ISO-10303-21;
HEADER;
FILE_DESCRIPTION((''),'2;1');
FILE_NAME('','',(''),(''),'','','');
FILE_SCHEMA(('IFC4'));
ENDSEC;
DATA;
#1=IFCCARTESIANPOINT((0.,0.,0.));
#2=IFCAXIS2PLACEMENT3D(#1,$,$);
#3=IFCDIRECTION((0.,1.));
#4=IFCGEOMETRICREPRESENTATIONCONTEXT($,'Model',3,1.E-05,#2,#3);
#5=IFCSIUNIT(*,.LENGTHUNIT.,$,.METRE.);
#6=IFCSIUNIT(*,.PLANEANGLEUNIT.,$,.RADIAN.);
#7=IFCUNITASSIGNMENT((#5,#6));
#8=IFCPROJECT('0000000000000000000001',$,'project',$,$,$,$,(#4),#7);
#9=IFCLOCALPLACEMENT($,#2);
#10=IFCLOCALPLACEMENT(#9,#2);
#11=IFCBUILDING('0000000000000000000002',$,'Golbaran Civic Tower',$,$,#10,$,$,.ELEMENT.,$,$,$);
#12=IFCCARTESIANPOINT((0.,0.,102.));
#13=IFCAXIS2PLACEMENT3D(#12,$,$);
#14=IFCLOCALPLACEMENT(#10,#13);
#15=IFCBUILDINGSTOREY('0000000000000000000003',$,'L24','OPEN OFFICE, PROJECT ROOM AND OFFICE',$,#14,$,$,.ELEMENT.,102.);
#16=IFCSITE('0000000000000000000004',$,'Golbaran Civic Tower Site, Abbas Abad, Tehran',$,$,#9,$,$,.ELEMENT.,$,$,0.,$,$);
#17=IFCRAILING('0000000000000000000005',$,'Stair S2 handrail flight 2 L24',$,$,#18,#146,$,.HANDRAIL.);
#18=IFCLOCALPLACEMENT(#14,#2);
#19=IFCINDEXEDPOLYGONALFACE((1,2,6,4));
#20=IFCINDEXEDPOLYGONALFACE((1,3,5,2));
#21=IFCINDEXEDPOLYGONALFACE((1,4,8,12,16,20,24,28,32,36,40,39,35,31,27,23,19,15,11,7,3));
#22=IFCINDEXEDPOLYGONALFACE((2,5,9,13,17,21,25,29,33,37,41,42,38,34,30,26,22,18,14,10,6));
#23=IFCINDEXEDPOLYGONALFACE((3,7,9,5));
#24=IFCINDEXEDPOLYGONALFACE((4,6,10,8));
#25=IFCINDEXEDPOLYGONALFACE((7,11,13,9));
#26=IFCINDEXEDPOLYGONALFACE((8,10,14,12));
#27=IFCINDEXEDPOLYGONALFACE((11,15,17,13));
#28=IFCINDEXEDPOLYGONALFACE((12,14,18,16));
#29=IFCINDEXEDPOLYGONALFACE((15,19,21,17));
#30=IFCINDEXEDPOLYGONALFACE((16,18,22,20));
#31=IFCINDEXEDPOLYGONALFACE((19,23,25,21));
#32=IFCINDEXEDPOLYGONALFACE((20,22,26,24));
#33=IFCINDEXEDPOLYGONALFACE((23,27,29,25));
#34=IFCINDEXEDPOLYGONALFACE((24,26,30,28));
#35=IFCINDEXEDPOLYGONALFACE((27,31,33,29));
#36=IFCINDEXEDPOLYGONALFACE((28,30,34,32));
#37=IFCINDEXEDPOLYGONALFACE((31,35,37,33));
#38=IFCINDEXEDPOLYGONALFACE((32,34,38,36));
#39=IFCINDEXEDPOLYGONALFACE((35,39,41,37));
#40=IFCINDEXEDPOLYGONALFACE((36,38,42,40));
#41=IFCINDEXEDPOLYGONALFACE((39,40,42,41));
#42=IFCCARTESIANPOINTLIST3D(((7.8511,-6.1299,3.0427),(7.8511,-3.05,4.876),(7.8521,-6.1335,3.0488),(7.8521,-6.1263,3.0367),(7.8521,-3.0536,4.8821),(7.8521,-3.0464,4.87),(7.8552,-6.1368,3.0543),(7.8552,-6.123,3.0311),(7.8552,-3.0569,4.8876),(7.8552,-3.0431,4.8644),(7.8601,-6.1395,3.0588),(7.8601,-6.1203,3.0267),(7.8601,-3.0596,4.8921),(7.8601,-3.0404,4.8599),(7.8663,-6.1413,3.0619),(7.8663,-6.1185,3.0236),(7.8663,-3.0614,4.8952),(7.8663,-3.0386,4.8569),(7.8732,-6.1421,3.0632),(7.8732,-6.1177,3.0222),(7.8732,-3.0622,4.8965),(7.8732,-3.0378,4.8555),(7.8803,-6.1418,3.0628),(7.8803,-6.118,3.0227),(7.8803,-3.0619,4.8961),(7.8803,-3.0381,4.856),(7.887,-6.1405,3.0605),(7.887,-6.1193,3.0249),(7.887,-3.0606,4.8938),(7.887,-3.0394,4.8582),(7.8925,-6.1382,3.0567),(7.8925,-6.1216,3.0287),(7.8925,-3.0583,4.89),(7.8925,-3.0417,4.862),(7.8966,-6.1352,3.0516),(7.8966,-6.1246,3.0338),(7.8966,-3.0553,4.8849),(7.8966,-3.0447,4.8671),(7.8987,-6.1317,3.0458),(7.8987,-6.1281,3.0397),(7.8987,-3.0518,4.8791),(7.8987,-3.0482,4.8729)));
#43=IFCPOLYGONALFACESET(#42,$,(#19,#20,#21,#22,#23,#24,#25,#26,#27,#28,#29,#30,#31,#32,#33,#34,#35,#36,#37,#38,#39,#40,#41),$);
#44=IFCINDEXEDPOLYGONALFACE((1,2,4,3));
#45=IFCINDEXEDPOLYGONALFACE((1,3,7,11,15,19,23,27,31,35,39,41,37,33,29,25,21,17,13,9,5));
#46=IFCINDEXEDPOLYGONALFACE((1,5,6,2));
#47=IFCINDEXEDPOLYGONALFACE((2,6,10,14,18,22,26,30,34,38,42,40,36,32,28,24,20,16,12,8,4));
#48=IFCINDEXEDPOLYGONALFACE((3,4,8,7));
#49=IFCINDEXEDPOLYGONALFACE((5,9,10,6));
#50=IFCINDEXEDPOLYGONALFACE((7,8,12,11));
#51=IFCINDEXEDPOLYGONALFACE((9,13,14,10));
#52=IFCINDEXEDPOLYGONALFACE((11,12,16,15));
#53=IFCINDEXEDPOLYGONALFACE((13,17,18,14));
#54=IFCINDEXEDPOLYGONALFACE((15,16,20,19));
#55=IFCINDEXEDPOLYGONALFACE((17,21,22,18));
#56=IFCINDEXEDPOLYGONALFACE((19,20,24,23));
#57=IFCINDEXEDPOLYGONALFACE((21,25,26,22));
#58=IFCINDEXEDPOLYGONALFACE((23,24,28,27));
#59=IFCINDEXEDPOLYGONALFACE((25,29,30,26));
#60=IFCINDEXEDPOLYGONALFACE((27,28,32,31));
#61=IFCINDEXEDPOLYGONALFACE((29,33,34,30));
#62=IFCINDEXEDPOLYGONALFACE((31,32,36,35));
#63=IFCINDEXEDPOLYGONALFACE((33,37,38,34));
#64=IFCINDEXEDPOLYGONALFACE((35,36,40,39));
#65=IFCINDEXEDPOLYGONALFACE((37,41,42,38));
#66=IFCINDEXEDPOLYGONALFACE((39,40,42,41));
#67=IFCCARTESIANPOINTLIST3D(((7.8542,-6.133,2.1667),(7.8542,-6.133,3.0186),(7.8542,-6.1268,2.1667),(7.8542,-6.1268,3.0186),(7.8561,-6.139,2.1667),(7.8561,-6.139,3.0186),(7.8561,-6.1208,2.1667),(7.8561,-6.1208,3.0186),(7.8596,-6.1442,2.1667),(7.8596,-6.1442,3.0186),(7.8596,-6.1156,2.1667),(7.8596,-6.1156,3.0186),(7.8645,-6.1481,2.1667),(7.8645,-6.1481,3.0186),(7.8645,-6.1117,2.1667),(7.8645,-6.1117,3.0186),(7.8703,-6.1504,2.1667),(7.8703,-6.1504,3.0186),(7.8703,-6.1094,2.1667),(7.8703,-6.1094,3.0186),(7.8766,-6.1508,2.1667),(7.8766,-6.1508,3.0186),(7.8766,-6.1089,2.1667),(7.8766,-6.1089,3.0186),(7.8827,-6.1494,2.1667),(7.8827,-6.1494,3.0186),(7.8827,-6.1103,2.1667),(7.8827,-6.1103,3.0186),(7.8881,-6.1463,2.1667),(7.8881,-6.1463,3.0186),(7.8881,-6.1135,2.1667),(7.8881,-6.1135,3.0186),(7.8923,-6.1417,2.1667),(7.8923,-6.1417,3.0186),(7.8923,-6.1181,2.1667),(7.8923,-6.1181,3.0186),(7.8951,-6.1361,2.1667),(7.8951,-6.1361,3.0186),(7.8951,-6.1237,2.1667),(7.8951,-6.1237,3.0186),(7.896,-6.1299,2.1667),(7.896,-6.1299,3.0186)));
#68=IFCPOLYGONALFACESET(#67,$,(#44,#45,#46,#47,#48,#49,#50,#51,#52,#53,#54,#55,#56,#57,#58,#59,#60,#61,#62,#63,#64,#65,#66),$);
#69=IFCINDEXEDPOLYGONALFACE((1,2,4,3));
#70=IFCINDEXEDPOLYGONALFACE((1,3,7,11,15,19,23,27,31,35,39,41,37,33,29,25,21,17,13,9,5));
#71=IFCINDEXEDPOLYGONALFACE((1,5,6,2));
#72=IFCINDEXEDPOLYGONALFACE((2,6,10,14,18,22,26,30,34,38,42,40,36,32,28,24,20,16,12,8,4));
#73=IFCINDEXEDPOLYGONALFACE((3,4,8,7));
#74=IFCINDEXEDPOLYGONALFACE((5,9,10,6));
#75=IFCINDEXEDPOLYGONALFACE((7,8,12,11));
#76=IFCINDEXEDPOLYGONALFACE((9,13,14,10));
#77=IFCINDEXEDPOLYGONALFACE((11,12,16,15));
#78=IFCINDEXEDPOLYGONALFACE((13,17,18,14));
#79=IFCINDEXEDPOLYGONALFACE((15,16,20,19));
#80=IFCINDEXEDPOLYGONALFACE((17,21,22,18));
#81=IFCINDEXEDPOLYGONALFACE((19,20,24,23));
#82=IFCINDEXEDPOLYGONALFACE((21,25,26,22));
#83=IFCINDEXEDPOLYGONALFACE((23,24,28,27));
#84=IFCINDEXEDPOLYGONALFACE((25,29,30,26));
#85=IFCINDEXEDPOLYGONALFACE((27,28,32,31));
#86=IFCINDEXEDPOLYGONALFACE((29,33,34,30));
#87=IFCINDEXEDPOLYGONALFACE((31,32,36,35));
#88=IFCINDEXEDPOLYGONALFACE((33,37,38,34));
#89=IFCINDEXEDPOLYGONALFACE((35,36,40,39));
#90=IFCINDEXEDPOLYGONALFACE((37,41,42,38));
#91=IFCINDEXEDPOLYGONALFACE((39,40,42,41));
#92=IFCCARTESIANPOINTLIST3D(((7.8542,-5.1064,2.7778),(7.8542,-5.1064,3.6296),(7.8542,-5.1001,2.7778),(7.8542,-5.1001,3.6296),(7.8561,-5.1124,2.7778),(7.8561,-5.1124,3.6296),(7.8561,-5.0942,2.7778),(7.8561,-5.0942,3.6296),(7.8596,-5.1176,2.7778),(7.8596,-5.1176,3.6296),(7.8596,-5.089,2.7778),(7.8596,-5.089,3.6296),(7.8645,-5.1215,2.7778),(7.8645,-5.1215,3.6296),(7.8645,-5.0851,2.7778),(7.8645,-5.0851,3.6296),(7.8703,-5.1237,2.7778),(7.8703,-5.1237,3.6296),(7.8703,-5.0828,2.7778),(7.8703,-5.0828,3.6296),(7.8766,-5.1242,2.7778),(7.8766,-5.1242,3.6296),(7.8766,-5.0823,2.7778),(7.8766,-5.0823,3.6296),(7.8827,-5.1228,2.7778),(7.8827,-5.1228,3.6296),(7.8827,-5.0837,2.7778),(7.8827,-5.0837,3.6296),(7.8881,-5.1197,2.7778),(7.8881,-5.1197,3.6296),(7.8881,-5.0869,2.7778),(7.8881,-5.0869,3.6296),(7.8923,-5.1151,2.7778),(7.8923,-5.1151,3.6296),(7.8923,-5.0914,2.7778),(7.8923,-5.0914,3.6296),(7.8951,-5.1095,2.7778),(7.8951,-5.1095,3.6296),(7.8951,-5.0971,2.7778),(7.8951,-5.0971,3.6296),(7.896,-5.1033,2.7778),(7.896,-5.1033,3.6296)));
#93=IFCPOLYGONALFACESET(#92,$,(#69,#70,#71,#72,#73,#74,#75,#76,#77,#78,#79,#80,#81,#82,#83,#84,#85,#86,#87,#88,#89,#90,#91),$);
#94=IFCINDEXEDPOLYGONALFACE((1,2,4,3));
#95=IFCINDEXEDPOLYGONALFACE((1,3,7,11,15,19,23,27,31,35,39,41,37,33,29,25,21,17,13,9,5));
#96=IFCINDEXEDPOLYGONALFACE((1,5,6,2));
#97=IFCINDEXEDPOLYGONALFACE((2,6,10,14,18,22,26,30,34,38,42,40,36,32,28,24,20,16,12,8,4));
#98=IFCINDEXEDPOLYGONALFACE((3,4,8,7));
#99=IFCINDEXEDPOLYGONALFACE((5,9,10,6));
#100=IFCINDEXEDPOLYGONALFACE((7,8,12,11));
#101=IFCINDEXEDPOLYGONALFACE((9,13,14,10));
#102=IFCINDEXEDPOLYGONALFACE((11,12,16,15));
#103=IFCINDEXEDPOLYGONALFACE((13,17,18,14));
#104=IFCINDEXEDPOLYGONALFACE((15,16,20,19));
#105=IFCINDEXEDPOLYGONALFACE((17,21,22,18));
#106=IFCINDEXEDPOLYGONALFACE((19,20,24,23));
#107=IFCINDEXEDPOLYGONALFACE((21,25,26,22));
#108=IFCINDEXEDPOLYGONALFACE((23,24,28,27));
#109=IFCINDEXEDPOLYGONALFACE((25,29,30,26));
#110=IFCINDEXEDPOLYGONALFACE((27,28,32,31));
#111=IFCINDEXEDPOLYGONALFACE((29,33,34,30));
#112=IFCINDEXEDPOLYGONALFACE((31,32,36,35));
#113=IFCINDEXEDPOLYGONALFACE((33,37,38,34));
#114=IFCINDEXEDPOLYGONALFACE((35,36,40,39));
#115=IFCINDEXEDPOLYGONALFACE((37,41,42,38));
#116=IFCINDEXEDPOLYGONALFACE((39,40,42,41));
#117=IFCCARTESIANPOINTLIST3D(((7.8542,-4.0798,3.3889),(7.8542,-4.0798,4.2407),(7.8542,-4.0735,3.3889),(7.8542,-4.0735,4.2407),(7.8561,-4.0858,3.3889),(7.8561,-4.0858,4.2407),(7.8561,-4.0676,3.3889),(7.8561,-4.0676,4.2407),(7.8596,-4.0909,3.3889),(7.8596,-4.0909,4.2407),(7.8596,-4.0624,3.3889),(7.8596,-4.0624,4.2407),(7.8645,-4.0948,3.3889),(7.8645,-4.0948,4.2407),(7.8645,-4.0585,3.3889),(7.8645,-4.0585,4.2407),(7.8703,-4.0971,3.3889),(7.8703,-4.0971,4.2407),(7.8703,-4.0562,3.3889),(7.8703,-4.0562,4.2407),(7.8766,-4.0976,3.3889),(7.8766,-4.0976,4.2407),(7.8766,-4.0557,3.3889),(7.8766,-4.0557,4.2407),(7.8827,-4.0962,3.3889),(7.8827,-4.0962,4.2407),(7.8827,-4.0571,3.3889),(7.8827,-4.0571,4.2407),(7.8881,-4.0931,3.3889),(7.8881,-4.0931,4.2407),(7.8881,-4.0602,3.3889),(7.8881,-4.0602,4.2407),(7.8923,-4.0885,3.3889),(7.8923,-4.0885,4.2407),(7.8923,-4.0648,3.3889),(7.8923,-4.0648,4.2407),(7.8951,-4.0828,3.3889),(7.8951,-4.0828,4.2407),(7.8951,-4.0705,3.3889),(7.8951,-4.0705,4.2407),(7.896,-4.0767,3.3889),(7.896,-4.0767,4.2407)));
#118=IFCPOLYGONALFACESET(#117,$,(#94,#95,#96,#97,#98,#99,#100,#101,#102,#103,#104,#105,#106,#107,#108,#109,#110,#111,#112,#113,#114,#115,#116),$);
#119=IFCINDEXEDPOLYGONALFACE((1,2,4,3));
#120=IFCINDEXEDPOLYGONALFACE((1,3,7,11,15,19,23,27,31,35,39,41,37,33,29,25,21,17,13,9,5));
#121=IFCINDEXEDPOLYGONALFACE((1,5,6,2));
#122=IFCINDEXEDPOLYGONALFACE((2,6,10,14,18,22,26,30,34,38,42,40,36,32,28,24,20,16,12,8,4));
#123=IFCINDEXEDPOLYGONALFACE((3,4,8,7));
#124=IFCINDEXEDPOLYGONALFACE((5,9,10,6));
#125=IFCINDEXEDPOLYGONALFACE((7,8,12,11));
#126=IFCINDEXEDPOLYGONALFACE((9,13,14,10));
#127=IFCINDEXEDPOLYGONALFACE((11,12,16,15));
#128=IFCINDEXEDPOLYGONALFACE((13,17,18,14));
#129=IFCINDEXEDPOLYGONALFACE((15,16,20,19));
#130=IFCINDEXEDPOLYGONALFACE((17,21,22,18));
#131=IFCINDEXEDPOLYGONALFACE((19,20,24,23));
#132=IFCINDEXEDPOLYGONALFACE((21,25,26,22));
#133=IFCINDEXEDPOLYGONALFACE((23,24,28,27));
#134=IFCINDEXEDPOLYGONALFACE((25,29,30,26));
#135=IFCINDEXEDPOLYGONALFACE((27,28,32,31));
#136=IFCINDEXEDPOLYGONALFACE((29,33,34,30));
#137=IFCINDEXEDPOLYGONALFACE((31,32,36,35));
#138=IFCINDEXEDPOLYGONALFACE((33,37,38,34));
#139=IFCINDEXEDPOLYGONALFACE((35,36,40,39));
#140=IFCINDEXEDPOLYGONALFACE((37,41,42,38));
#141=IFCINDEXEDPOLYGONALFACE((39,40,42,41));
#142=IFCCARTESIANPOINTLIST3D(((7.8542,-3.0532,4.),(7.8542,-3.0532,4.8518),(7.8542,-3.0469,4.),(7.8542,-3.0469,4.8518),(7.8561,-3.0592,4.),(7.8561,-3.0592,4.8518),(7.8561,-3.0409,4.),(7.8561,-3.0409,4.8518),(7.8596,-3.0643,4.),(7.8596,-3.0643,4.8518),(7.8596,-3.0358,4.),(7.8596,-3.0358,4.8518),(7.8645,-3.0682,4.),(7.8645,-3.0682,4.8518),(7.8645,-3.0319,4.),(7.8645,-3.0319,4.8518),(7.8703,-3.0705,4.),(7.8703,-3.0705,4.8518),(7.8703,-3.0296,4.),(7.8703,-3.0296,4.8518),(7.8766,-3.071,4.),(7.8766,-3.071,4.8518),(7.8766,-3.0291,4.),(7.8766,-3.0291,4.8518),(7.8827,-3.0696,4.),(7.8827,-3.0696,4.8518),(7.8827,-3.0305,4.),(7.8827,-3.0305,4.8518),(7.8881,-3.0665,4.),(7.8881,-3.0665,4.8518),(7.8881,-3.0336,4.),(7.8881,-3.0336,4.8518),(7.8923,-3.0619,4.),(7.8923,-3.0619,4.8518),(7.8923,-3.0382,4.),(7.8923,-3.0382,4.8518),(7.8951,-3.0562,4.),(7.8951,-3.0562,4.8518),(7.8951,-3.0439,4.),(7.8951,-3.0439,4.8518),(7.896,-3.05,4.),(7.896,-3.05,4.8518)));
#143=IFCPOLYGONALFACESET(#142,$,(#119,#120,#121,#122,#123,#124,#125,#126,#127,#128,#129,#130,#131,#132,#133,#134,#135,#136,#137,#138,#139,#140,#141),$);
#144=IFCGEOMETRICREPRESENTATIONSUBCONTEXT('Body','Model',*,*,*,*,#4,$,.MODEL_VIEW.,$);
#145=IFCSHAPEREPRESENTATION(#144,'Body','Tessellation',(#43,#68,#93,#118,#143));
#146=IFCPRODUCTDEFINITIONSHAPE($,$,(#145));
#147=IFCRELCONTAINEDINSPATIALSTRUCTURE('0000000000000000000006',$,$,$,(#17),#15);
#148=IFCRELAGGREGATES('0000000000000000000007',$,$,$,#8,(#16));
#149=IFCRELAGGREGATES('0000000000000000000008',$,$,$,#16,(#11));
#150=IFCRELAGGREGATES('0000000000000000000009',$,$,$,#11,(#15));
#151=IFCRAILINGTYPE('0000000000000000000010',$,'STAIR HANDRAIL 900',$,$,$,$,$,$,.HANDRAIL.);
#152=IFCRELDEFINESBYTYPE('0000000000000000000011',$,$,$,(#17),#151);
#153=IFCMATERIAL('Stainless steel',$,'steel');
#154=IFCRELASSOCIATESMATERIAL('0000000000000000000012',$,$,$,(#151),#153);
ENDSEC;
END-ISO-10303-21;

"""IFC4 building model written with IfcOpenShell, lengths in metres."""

from ifc_helpers import new_model, si_unit, direction, frame, origin, origin_2d, place, context, subcontext, project, spatial, circle, extrude, material, type_object, element, save


model = new_model("IFC4")

# Units and contexts
model_context = context("Model", 3, precision=1e-05, world=origin(), true_north=direction((0.0, 1.0)))
body_context = subcontext(model_context, "Body", "Model", "MODEL_VIEW")
ifc_project = project(units=[si_unit("LENGTHUNIT", "METRE"), si_unit("PLANEANGLEUNIT", "RADIAN")], contexts=[model_context])

# Site, building, storey
site_placement = place(None, origin())
site = spatial("IfcSite", under=ifc_project, at=site_placement, Name="Golbaran Civic Tower Site, Abbas Abad, Tehran", CompositionType="ELEMENT", RefElevation=0.0)
building_placement = place(site_placement, origin())
building = spatial("IfcBuilding", under=site, at=building_placement, Name="Golbaran Civic Tower", CompositionType="ELEMENT")
storey_placement = place(building_placement, frame((0.0, 0.0, 102.0)))
storey = spatial("IfcBuildingStorey", under=building, at=storey_placement, Name="L24", Description="OPEN OFFICE, PROJECT ROOM AND OFFICE", CompositionType="ELEMENT", Elevation=102.0)

# Shared definitions
ifc_material_1 = material(Name="Stainless steel", Category="steel")

# Railing
railing_type = type_object("IfcRailingType", Name="STAIR HANDRAIL 900", PredefinedType="HANDRAIL", material=ifc_material_1)
railing_1_placement = place(storey_placement, frame((7.875, -6.1299, 2.1667)))
element("IfcRailing", 1, at=railing_1_placement, inside=storey, type_object=railing_type, Name="Stair S2 handrail flight 2 L24", PredefinedType="HANDRAIL", context=body_context, shape_type="SweptSolid", body=[
    extrude(circle(Radius=0.0239, at=origin_2d()), frame((0.0, 0.0, 0.876), z_axis=(0.0, 0.859291, 0.511487), x_axis=(-1.0, 0.0, 0.0)), (0.0, 0.0, 1.0), 3.5842),
    extrude(circle(Radius=0.021, at=origin_2d()), origin(), (0.0, 0.0, 1.0), 0.8518),
    extrude(circle(Radius=0.021, at=origin_2d()), frame((0.0, 1.0266, 0.6111)), (0.0, 0.0, 1.0), 0.8518),
    extrude(circle(Radius=0.021, at=origin_2d()), frame((0.0, 2.0532, 1.2222)), (0.0, 0.0, 1.0), 0.8518),
    extrude(circle(Radius=0.021, at=origin_2d()), frame((0.0, 3.0798, 1.8333)), (0.0, 0.0, 1.0), 0.8518),
])

save(model, "model.ifc")
